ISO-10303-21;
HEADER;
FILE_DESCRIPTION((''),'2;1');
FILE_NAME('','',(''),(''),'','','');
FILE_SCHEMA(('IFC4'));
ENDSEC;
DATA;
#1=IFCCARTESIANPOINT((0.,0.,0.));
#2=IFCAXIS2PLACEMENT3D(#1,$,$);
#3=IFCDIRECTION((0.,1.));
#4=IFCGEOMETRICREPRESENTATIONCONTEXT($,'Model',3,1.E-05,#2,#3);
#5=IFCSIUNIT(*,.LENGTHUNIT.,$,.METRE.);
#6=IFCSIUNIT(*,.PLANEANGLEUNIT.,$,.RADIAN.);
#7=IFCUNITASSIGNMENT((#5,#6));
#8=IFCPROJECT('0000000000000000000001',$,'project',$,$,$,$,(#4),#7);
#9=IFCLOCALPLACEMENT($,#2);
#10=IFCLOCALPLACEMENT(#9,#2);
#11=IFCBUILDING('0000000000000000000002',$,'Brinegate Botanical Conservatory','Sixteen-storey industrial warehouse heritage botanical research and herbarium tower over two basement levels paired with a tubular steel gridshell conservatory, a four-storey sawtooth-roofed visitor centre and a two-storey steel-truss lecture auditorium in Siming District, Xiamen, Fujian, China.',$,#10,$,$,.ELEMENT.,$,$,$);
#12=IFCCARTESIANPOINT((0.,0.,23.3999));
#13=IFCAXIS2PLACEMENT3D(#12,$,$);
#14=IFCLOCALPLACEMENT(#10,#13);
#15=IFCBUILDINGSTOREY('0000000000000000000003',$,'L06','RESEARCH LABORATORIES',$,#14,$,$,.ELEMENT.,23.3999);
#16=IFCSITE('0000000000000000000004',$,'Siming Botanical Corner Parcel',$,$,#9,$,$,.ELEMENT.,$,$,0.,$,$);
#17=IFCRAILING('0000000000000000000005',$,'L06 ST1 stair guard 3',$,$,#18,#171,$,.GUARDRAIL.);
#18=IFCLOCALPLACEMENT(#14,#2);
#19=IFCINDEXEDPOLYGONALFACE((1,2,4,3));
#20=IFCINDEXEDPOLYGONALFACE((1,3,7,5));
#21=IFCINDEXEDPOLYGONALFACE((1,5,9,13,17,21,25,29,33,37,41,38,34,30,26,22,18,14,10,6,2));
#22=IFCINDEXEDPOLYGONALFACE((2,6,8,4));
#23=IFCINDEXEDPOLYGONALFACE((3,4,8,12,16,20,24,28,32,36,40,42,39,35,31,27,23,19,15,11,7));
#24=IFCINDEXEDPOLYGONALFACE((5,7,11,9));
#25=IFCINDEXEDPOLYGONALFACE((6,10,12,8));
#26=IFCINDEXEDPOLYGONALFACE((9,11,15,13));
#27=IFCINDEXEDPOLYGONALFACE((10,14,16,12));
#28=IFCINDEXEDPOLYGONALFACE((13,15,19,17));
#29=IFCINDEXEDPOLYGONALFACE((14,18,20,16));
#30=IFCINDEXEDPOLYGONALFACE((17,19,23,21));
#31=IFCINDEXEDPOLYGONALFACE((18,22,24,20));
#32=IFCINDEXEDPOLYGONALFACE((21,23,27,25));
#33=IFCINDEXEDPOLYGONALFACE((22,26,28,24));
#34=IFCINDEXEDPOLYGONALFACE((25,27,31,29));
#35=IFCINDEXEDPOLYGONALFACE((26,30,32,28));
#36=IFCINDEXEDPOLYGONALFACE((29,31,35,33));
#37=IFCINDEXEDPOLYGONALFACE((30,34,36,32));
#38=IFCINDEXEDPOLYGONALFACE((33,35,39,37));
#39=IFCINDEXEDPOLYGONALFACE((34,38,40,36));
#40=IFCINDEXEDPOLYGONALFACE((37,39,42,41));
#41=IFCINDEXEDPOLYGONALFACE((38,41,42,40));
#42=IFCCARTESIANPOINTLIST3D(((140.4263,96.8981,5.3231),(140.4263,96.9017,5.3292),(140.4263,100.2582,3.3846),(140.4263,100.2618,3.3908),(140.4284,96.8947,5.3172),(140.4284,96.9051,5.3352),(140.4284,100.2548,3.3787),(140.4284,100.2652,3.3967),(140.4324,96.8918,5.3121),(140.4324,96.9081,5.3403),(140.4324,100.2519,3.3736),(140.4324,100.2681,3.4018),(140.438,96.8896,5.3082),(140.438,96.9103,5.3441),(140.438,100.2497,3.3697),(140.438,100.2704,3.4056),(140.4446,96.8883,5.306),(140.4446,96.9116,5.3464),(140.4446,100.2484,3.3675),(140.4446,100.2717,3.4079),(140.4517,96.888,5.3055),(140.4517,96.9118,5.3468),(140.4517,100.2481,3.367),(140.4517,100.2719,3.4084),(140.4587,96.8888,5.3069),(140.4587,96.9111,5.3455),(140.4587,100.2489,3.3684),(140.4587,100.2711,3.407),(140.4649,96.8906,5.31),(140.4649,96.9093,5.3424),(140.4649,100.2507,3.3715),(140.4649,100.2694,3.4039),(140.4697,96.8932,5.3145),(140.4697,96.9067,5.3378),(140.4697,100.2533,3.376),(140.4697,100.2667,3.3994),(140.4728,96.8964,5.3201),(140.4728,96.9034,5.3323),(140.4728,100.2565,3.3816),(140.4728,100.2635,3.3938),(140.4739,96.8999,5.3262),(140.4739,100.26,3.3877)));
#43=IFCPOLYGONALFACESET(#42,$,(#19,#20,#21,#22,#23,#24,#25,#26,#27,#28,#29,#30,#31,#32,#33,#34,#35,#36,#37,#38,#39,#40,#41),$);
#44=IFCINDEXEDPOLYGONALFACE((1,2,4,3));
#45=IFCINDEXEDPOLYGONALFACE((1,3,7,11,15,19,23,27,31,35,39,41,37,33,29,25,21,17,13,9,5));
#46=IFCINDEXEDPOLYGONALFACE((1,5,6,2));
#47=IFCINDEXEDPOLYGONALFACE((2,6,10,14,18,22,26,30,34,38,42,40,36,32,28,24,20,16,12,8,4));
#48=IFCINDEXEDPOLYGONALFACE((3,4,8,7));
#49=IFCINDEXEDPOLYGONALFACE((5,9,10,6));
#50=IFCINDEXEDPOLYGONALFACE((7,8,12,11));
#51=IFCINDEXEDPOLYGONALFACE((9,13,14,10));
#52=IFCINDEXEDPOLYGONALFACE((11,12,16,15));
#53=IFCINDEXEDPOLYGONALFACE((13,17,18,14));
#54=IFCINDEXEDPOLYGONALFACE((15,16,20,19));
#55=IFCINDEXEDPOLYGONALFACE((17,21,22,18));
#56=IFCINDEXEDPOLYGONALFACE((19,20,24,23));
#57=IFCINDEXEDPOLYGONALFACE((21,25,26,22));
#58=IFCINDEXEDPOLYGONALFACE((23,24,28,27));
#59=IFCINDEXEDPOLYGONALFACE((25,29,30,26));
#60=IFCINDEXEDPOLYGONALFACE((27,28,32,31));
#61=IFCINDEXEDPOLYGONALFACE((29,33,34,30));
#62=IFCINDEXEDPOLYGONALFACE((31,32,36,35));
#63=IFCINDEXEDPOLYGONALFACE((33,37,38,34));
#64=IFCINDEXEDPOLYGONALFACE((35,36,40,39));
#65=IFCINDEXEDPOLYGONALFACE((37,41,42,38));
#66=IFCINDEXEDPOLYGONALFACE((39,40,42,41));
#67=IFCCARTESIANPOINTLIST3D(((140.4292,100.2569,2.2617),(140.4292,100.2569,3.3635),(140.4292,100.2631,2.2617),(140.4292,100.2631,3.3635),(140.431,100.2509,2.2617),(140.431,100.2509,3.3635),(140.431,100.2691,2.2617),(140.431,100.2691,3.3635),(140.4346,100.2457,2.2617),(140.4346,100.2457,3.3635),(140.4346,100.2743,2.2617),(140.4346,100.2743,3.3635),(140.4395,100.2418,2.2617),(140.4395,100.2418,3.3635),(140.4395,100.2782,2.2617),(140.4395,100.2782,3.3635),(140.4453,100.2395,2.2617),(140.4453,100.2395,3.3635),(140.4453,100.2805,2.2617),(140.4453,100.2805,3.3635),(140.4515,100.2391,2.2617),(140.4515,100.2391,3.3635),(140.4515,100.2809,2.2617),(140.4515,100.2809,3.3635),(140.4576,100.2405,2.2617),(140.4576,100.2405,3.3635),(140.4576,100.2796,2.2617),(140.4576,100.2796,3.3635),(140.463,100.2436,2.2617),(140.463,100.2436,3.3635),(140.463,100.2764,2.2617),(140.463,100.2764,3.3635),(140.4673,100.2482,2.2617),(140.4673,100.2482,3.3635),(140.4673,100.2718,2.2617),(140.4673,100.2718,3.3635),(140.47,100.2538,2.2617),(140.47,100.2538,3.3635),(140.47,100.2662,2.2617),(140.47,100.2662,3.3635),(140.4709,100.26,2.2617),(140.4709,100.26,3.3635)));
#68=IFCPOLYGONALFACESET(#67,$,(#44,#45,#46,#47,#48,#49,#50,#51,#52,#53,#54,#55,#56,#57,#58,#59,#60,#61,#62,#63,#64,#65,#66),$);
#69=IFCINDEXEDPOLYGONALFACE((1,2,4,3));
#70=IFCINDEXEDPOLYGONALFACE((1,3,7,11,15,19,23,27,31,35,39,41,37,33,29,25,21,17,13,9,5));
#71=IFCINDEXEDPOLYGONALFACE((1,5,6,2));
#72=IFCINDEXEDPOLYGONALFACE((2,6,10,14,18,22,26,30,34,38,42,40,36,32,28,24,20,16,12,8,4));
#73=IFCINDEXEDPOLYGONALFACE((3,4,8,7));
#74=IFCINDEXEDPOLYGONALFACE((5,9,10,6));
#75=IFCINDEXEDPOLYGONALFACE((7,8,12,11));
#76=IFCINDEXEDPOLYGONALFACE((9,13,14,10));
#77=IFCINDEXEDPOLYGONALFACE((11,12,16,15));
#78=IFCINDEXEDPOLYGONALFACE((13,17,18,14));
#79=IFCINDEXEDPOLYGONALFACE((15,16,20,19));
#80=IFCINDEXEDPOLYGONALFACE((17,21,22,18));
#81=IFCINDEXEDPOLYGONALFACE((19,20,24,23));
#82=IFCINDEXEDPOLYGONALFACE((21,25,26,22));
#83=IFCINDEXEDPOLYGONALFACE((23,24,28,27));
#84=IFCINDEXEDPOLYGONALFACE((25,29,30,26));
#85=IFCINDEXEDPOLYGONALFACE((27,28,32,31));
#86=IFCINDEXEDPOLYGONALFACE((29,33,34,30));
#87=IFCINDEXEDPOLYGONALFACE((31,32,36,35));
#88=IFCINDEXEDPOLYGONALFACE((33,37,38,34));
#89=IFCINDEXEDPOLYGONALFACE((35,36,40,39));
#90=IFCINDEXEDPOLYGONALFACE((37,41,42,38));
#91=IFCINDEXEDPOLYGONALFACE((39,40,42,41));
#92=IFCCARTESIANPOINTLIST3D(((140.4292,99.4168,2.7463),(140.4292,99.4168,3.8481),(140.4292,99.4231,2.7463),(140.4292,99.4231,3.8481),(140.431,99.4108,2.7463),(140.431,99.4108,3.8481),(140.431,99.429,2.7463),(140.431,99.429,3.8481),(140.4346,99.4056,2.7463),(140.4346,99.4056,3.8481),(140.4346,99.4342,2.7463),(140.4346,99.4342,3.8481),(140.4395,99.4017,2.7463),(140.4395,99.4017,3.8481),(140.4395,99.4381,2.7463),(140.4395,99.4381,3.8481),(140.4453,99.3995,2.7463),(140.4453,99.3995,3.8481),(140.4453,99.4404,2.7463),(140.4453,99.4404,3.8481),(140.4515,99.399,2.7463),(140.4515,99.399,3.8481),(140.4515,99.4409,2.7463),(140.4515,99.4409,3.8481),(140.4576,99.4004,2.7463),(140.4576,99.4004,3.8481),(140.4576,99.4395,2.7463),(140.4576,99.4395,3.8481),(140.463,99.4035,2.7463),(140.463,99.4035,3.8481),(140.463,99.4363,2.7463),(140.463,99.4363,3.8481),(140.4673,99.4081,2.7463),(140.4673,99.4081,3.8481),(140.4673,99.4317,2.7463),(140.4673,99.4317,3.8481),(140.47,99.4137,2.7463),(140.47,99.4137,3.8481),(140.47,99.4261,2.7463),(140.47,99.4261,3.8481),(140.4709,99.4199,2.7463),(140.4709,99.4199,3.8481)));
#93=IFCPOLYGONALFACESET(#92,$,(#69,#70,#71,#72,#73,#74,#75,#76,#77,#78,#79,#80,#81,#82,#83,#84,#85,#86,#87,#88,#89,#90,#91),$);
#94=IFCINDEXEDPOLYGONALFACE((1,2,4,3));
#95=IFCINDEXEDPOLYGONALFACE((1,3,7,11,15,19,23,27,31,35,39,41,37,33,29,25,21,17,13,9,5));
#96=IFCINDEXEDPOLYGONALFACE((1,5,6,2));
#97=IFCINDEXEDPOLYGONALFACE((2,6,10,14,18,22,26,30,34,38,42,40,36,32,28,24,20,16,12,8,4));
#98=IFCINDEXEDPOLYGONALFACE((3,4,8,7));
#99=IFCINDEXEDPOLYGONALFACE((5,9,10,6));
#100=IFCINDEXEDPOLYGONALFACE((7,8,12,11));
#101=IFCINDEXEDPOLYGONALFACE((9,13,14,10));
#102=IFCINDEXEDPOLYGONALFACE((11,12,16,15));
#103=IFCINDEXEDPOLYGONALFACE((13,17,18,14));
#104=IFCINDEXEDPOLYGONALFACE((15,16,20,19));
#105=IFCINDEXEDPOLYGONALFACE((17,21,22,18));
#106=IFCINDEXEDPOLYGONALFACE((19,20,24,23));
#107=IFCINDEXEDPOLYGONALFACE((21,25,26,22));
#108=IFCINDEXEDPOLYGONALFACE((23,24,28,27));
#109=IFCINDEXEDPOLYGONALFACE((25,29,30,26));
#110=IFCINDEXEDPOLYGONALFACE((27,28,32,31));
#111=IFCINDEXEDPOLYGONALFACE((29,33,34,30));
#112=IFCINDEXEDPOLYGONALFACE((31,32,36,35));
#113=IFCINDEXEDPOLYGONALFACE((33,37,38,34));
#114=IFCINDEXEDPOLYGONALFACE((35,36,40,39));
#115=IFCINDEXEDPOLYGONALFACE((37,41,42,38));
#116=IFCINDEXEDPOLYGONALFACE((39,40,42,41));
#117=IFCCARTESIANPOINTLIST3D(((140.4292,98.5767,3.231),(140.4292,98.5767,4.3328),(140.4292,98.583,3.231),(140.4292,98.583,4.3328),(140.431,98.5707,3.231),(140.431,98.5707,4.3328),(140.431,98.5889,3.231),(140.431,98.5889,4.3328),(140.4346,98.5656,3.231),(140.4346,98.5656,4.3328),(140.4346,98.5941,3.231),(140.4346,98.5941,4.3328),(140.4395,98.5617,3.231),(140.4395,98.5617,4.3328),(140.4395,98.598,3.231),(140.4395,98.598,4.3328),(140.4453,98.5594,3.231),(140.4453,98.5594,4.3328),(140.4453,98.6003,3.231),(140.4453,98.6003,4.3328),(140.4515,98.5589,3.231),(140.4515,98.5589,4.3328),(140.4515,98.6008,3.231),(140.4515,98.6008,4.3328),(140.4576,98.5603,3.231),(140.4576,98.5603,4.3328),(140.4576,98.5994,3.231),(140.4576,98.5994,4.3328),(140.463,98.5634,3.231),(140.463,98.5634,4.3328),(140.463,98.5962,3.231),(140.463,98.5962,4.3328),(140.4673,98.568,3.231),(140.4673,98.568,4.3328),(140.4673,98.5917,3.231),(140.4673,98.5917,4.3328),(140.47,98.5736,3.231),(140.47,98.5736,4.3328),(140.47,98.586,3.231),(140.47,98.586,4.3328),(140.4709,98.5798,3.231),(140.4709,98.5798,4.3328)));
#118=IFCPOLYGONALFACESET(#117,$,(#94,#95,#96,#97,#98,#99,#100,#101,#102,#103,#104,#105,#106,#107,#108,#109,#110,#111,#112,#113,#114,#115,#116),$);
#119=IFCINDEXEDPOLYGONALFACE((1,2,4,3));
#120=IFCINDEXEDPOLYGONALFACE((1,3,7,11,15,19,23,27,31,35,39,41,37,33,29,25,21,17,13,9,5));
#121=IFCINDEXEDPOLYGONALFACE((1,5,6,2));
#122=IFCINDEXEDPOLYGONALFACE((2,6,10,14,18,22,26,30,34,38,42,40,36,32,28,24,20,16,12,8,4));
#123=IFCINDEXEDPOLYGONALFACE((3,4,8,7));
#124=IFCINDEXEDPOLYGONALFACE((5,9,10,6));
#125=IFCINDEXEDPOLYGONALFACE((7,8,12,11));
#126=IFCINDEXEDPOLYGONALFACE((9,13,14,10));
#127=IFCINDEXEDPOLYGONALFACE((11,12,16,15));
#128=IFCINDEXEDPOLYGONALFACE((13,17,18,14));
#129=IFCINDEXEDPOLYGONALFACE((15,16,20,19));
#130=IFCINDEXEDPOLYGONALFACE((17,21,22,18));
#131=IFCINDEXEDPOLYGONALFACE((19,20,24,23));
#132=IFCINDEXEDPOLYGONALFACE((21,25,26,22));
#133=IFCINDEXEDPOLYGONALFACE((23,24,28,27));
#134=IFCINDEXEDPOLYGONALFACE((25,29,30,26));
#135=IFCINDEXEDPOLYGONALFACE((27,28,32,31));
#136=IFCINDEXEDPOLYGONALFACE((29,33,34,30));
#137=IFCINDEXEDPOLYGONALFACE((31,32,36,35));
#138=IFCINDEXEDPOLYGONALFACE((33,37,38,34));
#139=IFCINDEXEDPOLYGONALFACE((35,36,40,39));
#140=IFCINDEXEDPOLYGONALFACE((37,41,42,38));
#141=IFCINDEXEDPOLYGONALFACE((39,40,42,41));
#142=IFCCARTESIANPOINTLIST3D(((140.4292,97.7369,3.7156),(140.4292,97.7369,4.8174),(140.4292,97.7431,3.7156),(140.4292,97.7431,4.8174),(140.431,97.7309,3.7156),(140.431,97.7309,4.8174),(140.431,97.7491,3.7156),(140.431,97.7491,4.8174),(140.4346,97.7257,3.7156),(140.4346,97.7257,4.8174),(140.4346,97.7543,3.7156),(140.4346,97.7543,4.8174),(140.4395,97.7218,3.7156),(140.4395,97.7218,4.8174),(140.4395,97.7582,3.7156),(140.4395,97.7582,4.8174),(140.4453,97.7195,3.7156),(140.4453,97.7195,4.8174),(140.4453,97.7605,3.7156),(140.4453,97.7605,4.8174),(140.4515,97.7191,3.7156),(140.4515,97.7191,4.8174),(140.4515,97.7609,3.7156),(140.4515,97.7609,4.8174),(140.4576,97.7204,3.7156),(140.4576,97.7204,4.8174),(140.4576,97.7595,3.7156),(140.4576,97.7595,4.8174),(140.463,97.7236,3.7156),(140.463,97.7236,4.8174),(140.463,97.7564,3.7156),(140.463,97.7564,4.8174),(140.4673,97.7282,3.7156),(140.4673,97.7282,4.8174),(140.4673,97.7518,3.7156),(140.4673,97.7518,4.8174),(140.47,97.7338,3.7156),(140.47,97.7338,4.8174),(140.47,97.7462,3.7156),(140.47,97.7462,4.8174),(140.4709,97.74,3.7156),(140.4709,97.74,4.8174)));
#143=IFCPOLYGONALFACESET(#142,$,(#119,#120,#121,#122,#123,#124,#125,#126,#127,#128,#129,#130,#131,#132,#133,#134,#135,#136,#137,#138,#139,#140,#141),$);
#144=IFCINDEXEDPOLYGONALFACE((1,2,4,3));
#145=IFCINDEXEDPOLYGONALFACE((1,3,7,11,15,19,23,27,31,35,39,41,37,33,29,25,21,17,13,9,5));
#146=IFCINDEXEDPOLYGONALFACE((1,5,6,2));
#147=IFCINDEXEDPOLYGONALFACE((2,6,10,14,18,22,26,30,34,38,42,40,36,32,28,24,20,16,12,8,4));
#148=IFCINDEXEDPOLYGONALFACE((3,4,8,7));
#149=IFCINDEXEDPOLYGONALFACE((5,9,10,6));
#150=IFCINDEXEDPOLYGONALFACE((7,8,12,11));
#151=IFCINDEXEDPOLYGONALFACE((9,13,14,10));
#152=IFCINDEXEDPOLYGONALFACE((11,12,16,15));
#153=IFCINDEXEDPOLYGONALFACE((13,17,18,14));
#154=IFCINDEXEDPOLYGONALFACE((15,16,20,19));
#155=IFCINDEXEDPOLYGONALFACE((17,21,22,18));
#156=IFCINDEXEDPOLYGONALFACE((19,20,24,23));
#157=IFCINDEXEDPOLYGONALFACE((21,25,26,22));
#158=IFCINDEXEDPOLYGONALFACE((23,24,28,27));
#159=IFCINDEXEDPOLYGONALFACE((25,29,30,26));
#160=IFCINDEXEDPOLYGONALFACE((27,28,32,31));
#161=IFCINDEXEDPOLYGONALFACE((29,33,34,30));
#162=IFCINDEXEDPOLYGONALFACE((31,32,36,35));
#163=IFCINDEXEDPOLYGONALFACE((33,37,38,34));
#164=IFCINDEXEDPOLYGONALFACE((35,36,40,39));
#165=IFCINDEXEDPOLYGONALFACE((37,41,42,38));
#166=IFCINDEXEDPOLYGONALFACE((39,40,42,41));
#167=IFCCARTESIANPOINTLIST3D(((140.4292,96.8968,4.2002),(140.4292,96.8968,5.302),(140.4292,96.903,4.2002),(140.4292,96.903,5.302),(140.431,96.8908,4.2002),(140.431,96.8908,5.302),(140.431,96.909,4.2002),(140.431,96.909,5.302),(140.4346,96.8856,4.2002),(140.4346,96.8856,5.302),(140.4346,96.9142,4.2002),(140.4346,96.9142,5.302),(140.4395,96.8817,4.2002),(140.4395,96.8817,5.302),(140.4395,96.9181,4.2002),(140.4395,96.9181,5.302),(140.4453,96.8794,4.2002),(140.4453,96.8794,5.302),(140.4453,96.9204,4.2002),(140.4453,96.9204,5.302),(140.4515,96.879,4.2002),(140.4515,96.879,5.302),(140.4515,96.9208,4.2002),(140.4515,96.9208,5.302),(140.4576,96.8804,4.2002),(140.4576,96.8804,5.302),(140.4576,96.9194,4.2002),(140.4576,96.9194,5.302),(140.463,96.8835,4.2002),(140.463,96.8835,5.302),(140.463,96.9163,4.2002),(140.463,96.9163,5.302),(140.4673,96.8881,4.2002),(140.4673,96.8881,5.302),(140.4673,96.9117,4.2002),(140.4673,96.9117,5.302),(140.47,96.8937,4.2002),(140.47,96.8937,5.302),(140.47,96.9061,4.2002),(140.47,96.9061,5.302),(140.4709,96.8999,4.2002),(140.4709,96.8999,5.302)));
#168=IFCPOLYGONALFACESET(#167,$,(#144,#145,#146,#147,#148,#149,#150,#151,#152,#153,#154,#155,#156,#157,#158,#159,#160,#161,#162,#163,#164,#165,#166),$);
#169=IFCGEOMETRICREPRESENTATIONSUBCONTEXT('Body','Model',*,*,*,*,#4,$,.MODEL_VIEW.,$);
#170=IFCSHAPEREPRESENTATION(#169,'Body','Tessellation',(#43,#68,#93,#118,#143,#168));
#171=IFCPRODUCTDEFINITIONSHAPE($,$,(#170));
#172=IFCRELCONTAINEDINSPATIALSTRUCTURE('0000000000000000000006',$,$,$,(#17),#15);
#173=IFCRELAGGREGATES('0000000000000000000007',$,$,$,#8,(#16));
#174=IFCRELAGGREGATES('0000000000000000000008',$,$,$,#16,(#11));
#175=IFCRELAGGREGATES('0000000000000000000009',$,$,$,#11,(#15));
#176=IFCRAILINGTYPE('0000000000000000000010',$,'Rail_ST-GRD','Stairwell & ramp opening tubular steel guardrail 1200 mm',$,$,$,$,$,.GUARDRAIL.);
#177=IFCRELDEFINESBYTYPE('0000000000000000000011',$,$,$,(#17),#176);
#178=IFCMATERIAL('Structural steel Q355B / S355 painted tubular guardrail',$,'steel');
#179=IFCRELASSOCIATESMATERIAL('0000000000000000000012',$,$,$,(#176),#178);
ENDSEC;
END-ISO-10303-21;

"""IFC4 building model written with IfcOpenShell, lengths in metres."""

from ifc_helpers import new_model, si_unit, direction, frame, origin, origin_2d, place, context, subcontext, project, spatial, circle, extrude, material, type_object, element, save


model = new_model("IFC4")

# Units and contexts
model_context = context("Model", 3, precision=1e-05, world=origin(), true_north=direction((0.0, 1.0)))
body_context = subcontext(model_context, "Body", "Model", "MODEL_VIEW")
ifc_project = project(units=[si_unit("LENGTHUNIT", "METRE"), si_unit("PLANEANGLEUNIT", "RADIAN")], contexts=[model_context])

# Site, building, storey
site_placement = place(None, origin())
site = spatial("IfcSite", under=ifc_project, at=site_placement, Name="Siming Botanical Corner Parcel", CompositionType="ELEMENT", RefElevation=0.0)
building_placement = place(site_placement, origin())
building = spatial("IfcBuilding", under=site, at=building_placement, Name="Brinegate Botanical Conservatory", Description="Sixteen-storey industrial warehouse heritage botanical research and herbarium tower over two basement levels paired with a tubular steel gridshell conservatory, a four-storey sawtooth-roofed visitor centre and a two-storey steel-truss lecture auditorium in Siming District, Xiamen, Fujian, China.", CompositionType="ELEMENT")
storey_placement = place(building_placement, frame((0.0, 0.0, 23.3999)))
storey = spatial("IfcBuildingStorey", under=building, at=storey_placement, Name="L06", Description="RESEARCH LABORATORIES", CompositionType="ELEMENT", Elevation=23.3999)

# Railing
ifc_material_1 = material(Name="Structural steel Q355B / S355 painted tubular guardrail", Category="steel")
railing_type_1 = type_object("IfcRailingType", Name="Rail_ST-GRD", Description="Stairwell & ramp opening tubular steel guardrail 1200 mm", PredefinedType="GUARDRAIL", material=ifc_material_1)
railing_1_placement = place(storey_placement, frame((140.45, 100.26, 2.2617)))
element("IfcRailing", 1, at=railing_1_placement, inside=storey, type_object=railing_type_1, Name="L06 ST1 stair guard 3", PredefinedType="GUARDRAIL", context=body_context, shape_type="SweptSolid", body=[
    extrude(circle(Radius=0.0239, at=origin_2d()), frame((0.0, 0.0, 1.126), z_axis=(0.0, -0.866191, 0.499713), x_axis=(1.0, 0.0, 0.0)), (0.0, 0.0, 1.0), 3.8792),
    extrude(circle(Radius=0.021, at=origin_2d()), origin(), (0.0, 0.0, 1.0), 1.1018),
    extrude(circle(Radius=0.021, at=origin_2d()), frame((0.0, -0.8401, 0.4846)), (0.0, 0.0, 1.0), 1.1018),
    extrude(circle(Radius=0.021, at=origin_2d()), frame((0.0, -1.6802, 0.9692)), (0.0, 0.0, 1.0), 1.1018),
    extrude(circle(Radius=0.021, at=origin_2d()), frame((0.0, -2.52, 1.4539)), (0.0, 0.0, 1.0), 1.1018),
    extrude(circle(Radius=0.021, at=origin_2d()), frame((0.0, -3.3601, 1.9385)), (0.0, 0.0, 1.0), 1.1018),
])

save(model, "model.ifc")
